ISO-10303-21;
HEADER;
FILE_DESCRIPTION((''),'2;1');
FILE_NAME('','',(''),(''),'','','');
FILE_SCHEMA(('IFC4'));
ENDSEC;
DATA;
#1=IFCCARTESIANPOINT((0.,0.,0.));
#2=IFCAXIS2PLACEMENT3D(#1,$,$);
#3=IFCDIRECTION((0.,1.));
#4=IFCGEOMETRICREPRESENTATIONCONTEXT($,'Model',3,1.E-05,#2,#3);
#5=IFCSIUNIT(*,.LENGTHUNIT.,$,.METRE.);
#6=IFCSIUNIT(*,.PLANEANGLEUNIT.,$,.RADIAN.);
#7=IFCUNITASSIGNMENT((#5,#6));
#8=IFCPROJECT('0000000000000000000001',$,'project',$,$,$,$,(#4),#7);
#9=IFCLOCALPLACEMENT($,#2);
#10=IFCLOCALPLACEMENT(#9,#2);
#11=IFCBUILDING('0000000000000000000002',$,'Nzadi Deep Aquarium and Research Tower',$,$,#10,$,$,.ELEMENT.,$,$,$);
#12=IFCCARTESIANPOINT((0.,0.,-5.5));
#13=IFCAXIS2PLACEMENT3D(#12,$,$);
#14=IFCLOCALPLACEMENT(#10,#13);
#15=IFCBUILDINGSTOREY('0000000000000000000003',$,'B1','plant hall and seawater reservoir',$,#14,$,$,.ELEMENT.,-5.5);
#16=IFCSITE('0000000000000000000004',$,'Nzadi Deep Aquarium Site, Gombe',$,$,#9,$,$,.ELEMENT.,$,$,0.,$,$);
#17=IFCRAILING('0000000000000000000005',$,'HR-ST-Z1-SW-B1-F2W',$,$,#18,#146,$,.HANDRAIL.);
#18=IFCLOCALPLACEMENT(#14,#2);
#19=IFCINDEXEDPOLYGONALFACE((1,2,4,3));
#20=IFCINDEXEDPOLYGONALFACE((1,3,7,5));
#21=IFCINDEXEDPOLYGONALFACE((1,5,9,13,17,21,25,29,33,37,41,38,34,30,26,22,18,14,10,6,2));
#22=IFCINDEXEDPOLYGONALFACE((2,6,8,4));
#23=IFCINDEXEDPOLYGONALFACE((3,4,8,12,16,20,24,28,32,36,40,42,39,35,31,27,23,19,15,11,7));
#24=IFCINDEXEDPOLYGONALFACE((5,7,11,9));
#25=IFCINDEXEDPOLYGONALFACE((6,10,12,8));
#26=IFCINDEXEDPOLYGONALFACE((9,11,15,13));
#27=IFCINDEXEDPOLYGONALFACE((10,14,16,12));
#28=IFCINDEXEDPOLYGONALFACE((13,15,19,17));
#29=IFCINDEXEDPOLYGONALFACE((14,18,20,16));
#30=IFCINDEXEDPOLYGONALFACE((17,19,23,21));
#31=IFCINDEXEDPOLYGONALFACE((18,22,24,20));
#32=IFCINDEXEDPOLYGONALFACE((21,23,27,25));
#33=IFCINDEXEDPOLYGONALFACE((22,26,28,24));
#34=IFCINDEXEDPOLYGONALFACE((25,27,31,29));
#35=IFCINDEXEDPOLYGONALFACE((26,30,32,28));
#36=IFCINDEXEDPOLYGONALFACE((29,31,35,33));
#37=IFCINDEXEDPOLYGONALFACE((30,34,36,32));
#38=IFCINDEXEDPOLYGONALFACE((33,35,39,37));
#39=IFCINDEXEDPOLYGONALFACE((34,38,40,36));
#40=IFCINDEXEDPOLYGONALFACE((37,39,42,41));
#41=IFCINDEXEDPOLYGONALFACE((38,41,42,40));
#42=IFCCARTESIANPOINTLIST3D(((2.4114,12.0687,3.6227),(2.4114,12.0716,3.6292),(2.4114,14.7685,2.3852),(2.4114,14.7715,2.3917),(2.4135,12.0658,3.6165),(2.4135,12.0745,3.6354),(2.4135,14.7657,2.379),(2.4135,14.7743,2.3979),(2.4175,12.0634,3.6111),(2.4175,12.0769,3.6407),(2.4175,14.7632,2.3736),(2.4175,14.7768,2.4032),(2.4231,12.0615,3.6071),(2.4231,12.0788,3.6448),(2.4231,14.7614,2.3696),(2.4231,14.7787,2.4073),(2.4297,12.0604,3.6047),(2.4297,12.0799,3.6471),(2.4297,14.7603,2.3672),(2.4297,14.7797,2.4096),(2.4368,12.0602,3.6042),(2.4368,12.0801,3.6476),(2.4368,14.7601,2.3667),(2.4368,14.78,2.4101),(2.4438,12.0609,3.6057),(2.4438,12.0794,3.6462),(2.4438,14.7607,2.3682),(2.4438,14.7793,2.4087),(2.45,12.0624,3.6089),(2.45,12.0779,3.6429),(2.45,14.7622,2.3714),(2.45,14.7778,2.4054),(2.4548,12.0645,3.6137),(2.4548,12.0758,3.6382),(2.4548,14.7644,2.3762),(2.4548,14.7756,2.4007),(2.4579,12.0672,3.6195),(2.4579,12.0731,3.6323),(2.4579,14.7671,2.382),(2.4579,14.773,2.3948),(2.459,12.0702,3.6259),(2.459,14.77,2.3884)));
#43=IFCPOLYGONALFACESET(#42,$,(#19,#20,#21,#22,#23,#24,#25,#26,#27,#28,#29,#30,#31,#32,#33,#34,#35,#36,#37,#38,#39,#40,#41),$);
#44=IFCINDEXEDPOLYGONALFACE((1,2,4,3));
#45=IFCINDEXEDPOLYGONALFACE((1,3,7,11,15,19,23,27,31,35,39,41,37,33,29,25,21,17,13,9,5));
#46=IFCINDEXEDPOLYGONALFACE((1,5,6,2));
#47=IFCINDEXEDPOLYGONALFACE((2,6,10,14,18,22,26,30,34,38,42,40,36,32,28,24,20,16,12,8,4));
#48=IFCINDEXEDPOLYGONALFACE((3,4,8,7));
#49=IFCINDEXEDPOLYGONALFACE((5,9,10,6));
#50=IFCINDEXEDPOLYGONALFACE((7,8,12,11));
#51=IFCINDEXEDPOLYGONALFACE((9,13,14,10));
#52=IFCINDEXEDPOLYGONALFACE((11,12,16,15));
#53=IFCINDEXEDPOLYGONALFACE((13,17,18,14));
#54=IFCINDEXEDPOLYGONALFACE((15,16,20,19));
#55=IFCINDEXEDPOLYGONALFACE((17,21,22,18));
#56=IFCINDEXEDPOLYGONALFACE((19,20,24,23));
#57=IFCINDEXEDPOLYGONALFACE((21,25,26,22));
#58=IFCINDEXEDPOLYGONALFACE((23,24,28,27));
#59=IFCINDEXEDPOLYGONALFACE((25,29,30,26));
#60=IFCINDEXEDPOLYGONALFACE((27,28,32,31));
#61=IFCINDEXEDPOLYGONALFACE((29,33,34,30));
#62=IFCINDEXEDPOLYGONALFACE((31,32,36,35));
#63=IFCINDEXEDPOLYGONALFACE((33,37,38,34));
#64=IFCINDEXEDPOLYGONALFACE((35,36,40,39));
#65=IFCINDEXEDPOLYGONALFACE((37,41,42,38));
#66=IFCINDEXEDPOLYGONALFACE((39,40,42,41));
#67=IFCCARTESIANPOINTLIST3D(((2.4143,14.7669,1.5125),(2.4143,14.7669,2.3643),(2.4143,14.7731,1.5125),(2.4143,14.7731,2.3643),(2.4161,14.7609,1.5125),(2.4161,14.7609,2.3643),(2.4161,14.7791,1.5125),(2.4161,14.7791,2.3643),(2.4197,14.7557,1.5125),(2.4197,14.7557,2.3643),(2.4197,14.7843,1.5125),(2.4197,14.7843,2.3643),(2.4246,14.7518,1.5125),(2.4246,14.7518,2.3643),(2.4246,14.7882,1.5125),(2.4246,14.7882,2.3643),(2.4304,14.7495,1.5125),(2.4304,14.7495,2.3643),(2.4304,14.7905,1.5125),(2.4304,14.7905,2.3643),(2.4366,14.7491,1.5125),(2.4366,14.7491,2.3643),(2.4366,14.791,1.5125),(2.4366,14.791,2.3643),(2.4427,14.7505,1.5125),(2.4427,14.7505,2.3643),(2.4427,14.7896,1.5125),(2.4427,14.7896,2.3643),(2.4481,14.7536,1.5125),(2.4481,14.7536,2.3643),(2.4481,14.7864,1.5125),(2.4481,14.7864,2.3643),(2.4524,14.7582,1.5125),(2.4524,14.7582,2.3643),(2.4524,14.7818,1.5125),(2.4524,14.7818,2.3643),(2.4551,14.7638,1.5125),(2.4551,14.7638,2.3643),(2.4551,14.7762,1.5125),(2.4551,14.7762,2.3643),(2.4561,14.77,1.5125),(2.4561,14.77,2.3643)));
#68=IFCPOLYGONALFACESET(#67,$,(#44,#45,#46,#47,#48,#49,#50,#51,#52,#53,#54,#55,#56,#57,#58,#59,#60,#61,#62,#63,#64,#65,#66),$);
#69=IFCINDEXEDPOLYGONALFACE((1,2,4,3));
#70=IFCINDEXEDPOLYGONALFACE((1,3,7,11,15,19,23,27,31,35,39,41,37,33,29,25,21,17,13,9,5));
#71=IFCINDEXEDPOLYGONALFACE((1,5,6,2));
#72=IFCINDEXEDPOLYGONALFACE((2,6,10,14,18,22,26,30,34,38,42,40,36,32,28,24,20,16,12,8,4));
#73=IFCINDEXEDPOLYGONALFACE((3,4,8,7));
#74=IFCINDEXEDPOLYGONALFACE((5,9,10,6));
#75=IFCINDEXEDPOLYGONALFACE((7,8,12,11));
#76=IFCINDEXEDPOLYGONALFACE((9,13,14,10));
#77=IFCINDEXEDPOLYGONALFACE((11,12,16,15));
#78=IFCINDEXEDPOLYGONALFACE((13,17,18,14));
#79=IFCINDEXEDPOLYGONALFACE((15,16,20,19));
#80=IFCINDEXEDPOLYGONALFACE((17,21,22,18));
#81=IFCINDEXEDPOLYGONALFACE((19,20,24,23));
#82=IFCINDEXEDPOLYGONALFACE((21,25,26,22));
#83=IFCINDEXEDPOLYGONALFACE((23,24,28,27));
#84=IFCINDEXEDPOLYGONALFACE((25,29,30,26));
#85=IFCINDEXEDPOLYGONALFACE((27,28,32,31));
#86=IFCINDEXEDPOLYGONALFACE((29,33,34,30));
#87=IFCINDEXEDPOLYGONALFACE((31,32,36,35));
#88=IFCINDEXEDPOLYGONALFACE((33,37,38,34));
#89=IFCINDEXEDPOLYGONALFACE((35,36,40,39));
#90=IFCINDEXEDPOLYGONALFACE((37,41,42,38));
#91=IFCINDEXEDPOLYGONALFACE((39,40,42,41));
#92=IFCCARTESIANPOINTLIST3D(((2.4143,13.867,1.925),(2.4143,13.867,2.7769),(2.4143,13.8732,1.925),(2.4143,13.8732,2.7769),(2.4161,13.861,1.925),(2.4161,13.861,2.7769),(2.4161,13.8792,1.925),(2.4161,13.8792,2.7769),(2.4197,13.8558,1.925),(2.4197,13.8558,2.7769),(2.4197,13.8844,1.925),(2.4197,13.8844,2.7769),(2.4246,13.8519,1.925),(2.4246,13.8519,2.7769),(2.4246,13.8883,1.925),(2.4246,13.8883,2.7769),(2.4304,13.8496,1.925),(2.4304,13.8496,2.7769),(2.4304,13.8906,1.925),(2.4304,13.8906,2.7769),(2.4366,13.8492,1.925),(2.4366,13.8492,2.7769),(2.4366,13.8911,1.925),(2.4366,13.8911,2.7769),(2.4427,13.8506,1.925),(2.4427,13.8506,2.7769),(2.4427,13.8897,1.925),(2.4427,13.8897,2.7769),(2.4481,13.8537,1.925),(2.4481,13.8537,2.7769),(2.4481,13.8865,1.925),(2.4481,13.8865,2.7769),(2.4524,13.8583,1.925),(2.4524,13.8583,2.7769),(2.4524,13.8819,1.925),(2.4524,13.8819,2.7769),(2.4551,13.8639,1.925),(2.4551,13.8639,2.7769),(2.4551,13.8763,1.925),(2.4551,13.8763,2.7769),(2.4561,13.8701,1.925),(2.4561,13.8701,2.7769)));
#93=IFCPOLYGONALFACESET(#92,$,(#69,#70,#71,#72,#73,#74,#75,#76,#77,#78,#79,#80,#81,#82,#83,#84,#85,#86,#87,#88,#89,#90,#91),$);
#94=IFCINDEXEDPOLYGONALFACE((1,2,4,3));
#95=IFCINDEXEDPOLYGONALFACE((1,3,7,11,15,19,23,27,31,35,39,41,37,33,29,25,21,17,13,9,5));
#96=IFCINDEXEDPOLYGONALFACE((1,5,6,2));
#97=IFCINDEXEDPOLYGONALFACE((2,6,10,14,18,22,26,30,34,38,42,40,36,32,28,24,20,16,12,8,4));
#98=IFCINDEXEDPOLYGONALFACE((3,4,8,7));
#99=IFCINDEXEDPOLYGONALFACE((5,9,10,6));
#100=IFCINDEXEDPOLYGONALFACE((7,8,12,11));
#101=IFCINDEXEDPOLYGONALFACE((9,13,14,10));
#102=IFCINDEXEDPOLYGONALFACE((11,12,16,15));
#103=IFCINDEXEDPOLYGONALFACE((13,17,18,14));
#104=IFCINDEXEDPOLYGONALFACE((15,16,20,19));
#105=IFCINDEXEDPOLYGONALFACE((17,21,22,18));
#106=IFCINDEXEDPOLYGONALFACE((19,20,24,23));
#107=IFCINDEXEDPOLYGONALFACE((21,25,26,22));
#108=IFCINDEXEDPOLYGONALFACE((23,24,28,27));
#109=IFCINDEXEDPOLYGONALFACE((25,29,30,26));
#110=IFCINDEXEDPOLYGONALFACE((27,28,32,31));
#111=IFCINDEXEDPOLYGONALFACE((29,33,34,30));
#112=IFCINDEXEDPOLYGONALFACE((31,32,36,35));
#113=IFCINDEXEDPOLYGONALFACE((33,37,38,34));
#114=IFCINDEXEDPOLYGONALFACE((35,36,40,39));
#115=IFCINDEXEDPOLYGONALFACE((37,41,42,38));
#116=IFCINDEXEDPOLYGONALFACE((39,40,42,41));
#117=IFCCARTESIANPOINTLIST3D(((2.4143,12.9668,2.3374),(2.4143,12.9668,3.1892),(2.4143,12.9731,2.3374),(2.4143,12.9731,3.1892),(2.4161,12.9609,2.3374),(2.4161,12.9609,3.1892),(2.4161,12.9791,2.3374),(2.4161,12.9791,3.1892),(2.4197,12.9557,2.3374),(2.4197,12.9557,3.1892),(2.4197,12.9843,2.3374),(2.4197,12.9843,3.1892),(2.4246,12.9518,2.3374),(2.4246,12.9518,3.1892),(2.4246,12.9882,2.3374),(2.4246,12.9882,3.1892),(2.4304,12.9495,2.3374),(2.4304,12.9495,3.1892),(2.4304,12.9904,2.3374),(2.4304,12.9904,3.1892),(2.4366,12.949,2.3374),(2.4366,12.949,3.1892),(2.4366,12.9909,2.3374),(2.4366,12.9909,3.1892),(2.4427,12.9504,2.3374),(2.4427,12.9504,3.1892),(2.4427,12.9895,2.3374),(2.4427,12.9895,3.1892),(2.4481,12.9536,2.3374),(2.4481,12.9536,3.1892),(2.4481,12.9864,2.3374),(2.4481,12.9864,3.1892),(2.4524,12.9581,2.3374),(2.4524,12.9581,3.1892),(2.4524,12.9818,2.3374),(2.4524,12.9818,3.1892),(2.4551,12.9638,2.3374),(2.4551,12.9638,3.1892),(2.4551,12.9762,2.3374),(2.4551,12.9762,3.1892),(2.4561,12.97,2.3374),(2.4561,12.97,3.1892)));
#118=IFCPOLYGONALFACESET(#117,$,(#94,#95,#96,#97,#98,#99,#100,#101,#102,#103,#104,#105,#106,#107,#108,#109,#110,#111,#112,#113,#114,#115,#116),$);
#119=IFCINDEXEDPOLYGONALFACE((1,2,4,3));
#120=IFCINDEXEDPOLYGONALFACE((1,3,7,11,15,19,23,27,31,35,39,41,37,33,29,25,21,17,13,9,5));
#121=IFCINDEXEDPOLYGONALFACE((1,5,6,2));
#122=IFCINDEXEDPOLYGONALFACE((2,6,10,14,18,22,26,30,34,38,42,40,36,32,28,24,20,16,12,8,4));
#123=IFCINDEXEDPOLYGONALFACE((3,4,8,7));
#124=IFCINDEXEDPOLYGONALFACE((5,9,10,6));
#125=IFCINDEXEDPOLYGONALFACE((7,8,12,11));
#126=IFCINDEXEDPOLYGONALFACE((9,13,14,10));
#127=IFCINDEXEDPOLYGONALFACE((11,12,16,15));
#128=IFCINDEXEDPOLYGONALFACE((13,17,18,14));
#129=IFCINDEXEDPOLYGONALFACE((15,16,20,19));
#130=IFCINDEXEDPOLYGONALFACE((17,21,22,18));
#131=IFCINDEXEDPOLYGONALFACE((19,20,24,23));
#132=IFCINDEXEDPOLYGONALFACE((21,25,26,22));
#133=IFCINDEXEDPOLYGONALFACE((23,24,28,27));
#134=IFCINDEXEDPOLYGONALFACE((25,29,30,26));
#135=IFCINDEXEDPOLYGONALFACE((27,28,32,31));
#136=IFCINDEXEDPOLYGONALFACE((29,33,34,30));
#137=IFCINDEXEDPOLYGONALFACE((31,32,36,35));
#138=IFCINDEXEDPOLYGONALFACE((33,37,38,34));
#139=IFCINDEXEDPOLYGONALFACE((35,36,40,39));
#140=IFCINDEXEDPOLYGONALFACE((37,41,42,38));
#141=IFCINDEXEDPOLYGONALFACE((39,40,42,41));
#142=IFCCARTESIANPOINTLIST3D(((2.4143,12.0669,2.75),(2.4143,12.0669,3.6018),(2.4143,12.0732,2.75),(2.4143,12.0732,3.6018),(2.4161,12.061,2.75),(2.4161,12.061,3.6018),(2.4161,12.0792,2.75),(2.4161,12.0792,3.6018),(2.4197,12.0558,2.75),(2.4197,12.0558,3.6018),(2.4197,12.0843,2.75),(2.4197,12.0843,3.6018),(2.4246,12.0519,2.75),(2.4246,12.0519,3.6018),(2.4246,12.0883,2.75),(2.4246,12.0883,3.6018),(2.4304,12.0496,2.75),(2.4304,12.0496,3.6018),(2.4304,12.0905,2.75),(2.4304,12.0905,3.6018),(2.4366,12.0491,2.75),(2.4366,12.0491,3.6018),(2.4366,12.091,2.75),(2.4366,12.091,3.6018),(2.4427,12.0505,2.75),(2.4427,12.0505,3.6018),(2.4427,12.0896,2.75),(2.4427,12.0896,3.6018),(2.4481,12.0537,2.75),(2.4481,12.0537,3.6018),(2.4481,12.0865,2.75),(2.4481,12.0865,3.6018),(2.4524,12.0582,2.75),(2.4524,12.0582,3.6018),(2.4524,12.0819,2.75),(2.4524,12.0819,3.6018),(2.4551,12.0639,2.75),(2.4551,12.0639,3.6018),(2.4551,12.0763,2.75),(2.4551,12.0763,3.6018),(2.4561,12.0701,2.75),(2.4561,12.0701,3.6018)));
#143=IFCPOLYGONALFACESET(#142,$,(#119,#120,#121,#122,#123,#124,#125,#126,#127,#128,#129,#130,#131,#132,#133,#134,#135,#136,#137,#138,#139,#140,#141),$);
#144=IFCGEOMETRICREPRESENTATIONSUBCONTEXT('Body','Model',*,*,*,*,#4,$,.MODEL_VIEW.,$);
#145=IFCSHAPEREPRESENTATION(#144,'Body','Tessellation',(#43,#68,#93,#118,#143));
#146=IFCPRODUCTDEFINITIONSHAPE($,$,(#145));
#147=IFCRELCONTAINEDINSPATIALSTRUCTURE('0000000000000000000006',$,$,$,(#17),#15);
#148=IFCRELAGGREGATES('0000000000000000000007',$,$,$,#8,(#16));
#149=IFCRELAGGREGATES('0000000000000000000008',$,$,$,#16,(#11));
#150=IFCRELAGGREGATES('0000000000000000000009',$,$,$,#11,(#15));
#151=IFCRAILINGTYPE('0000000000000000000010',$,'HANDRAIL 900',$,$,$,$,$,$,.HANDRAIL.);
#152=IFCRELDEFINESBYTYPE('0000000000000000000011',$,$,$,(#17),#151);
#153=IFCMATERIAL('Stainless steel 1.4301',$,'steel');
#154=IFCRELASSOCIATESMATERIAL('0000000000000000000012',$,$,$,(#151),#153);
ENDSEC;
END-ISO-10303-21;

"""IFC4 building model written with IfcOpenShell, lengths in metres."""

from ifc_helpers import new_model, si_unit, direction, frame, origin, origin_2d, place, context, subcontext, project, spatial, circle, extrude, material, type_object, element, save


model = new_model("IFC4")

# Units and contexts
model_context = context("Model", 3, precision=1e-05, world=origin(), true_north=direction((0.0, 1.0)))
body_context = subcontext(model_context, "Body", "Model", "MODEL_VIEW")
ifc_project = project(units=[si_unit("LENGTHUNIT", "METRE"), si_unit("PLANEANGLEUNIT", "RADIAN")], contexts=[model_context])

# Site, building, storey
site_placement = place(None, origin())
site = spatial("IfcSite", under=ifc_project, at=site_placement, Name="Nzadi Deep Aquarium Site, Gombe", CompositionType="ELEMENT", RefElevation=0.0)
building_placement = place(site_placement, origin())
building = spatial("IfcBuilding", under=site, at=building_placement, Name="Nzadi Deep Aquarium and Research Tower", CompositionType="ELEMENT")
storey_placement = place(building_placement, frame((0.0, 0.0, -5.5)))
storey = spatial("IfcBuildingStorey", under=building, at=storey_placement, Name="B1", Description="plant hall and seawater reservoir", CompositionType="ELEMENT", Elevation=-5.5)

# Railing
ifc_material_1 = material(Name="Stainless steel 1.4301", Category="steel")
railing_type = type_object("IfcRailingType", Name="HANDRAIL 900", PredefinedType="HANDRAIL", material=ifc_material_1)
railing_1_placement = place(storey_placement, frame((2.4351, 14.77, 1.5125)))
element("IfcRailing", 1, at=railing_1_placement, inside=storey, type_object=railing_type, Name="HR-ST-Z1-SW-B1-F2W", PredefinedType="HANDRAIL", context=body_context, shape_type="SweptSolid", body=[
    extrude(circle(Radius=0.0239, at=origin_2d()), frame((0.0, 0.0, 0.876), z_axis=(0.0, -0.909056, 0.416675), x_axis=(1.0, 0.0, 0.0)), (0.0, 0.0, 1.0), 2.97),
    extrude(circle(Radius=0.021, at=origin_2d()), origin(), (0.0, 0.0, 1.0), 0.8518),
    extrude(circle(Radius=0.021, at=origin_2d()), frame((0.0, -0.8999, 0.4126)), (0.0, 0.0, 1.0), 0.8518),
    extrude(circle(Radius=0.021, at=origin_2d()), frame((0.0, -1.8, 0.825)), (0.0, 0.0, 1.0), 0.8518),
    extrude(circle(Radius=0.021, at=origin_2d()), frame((0.0, -2.7, 1.2375)), (0.0, 0.0, 1.0), 0.8518),
])

save(model, "model.ifc")
